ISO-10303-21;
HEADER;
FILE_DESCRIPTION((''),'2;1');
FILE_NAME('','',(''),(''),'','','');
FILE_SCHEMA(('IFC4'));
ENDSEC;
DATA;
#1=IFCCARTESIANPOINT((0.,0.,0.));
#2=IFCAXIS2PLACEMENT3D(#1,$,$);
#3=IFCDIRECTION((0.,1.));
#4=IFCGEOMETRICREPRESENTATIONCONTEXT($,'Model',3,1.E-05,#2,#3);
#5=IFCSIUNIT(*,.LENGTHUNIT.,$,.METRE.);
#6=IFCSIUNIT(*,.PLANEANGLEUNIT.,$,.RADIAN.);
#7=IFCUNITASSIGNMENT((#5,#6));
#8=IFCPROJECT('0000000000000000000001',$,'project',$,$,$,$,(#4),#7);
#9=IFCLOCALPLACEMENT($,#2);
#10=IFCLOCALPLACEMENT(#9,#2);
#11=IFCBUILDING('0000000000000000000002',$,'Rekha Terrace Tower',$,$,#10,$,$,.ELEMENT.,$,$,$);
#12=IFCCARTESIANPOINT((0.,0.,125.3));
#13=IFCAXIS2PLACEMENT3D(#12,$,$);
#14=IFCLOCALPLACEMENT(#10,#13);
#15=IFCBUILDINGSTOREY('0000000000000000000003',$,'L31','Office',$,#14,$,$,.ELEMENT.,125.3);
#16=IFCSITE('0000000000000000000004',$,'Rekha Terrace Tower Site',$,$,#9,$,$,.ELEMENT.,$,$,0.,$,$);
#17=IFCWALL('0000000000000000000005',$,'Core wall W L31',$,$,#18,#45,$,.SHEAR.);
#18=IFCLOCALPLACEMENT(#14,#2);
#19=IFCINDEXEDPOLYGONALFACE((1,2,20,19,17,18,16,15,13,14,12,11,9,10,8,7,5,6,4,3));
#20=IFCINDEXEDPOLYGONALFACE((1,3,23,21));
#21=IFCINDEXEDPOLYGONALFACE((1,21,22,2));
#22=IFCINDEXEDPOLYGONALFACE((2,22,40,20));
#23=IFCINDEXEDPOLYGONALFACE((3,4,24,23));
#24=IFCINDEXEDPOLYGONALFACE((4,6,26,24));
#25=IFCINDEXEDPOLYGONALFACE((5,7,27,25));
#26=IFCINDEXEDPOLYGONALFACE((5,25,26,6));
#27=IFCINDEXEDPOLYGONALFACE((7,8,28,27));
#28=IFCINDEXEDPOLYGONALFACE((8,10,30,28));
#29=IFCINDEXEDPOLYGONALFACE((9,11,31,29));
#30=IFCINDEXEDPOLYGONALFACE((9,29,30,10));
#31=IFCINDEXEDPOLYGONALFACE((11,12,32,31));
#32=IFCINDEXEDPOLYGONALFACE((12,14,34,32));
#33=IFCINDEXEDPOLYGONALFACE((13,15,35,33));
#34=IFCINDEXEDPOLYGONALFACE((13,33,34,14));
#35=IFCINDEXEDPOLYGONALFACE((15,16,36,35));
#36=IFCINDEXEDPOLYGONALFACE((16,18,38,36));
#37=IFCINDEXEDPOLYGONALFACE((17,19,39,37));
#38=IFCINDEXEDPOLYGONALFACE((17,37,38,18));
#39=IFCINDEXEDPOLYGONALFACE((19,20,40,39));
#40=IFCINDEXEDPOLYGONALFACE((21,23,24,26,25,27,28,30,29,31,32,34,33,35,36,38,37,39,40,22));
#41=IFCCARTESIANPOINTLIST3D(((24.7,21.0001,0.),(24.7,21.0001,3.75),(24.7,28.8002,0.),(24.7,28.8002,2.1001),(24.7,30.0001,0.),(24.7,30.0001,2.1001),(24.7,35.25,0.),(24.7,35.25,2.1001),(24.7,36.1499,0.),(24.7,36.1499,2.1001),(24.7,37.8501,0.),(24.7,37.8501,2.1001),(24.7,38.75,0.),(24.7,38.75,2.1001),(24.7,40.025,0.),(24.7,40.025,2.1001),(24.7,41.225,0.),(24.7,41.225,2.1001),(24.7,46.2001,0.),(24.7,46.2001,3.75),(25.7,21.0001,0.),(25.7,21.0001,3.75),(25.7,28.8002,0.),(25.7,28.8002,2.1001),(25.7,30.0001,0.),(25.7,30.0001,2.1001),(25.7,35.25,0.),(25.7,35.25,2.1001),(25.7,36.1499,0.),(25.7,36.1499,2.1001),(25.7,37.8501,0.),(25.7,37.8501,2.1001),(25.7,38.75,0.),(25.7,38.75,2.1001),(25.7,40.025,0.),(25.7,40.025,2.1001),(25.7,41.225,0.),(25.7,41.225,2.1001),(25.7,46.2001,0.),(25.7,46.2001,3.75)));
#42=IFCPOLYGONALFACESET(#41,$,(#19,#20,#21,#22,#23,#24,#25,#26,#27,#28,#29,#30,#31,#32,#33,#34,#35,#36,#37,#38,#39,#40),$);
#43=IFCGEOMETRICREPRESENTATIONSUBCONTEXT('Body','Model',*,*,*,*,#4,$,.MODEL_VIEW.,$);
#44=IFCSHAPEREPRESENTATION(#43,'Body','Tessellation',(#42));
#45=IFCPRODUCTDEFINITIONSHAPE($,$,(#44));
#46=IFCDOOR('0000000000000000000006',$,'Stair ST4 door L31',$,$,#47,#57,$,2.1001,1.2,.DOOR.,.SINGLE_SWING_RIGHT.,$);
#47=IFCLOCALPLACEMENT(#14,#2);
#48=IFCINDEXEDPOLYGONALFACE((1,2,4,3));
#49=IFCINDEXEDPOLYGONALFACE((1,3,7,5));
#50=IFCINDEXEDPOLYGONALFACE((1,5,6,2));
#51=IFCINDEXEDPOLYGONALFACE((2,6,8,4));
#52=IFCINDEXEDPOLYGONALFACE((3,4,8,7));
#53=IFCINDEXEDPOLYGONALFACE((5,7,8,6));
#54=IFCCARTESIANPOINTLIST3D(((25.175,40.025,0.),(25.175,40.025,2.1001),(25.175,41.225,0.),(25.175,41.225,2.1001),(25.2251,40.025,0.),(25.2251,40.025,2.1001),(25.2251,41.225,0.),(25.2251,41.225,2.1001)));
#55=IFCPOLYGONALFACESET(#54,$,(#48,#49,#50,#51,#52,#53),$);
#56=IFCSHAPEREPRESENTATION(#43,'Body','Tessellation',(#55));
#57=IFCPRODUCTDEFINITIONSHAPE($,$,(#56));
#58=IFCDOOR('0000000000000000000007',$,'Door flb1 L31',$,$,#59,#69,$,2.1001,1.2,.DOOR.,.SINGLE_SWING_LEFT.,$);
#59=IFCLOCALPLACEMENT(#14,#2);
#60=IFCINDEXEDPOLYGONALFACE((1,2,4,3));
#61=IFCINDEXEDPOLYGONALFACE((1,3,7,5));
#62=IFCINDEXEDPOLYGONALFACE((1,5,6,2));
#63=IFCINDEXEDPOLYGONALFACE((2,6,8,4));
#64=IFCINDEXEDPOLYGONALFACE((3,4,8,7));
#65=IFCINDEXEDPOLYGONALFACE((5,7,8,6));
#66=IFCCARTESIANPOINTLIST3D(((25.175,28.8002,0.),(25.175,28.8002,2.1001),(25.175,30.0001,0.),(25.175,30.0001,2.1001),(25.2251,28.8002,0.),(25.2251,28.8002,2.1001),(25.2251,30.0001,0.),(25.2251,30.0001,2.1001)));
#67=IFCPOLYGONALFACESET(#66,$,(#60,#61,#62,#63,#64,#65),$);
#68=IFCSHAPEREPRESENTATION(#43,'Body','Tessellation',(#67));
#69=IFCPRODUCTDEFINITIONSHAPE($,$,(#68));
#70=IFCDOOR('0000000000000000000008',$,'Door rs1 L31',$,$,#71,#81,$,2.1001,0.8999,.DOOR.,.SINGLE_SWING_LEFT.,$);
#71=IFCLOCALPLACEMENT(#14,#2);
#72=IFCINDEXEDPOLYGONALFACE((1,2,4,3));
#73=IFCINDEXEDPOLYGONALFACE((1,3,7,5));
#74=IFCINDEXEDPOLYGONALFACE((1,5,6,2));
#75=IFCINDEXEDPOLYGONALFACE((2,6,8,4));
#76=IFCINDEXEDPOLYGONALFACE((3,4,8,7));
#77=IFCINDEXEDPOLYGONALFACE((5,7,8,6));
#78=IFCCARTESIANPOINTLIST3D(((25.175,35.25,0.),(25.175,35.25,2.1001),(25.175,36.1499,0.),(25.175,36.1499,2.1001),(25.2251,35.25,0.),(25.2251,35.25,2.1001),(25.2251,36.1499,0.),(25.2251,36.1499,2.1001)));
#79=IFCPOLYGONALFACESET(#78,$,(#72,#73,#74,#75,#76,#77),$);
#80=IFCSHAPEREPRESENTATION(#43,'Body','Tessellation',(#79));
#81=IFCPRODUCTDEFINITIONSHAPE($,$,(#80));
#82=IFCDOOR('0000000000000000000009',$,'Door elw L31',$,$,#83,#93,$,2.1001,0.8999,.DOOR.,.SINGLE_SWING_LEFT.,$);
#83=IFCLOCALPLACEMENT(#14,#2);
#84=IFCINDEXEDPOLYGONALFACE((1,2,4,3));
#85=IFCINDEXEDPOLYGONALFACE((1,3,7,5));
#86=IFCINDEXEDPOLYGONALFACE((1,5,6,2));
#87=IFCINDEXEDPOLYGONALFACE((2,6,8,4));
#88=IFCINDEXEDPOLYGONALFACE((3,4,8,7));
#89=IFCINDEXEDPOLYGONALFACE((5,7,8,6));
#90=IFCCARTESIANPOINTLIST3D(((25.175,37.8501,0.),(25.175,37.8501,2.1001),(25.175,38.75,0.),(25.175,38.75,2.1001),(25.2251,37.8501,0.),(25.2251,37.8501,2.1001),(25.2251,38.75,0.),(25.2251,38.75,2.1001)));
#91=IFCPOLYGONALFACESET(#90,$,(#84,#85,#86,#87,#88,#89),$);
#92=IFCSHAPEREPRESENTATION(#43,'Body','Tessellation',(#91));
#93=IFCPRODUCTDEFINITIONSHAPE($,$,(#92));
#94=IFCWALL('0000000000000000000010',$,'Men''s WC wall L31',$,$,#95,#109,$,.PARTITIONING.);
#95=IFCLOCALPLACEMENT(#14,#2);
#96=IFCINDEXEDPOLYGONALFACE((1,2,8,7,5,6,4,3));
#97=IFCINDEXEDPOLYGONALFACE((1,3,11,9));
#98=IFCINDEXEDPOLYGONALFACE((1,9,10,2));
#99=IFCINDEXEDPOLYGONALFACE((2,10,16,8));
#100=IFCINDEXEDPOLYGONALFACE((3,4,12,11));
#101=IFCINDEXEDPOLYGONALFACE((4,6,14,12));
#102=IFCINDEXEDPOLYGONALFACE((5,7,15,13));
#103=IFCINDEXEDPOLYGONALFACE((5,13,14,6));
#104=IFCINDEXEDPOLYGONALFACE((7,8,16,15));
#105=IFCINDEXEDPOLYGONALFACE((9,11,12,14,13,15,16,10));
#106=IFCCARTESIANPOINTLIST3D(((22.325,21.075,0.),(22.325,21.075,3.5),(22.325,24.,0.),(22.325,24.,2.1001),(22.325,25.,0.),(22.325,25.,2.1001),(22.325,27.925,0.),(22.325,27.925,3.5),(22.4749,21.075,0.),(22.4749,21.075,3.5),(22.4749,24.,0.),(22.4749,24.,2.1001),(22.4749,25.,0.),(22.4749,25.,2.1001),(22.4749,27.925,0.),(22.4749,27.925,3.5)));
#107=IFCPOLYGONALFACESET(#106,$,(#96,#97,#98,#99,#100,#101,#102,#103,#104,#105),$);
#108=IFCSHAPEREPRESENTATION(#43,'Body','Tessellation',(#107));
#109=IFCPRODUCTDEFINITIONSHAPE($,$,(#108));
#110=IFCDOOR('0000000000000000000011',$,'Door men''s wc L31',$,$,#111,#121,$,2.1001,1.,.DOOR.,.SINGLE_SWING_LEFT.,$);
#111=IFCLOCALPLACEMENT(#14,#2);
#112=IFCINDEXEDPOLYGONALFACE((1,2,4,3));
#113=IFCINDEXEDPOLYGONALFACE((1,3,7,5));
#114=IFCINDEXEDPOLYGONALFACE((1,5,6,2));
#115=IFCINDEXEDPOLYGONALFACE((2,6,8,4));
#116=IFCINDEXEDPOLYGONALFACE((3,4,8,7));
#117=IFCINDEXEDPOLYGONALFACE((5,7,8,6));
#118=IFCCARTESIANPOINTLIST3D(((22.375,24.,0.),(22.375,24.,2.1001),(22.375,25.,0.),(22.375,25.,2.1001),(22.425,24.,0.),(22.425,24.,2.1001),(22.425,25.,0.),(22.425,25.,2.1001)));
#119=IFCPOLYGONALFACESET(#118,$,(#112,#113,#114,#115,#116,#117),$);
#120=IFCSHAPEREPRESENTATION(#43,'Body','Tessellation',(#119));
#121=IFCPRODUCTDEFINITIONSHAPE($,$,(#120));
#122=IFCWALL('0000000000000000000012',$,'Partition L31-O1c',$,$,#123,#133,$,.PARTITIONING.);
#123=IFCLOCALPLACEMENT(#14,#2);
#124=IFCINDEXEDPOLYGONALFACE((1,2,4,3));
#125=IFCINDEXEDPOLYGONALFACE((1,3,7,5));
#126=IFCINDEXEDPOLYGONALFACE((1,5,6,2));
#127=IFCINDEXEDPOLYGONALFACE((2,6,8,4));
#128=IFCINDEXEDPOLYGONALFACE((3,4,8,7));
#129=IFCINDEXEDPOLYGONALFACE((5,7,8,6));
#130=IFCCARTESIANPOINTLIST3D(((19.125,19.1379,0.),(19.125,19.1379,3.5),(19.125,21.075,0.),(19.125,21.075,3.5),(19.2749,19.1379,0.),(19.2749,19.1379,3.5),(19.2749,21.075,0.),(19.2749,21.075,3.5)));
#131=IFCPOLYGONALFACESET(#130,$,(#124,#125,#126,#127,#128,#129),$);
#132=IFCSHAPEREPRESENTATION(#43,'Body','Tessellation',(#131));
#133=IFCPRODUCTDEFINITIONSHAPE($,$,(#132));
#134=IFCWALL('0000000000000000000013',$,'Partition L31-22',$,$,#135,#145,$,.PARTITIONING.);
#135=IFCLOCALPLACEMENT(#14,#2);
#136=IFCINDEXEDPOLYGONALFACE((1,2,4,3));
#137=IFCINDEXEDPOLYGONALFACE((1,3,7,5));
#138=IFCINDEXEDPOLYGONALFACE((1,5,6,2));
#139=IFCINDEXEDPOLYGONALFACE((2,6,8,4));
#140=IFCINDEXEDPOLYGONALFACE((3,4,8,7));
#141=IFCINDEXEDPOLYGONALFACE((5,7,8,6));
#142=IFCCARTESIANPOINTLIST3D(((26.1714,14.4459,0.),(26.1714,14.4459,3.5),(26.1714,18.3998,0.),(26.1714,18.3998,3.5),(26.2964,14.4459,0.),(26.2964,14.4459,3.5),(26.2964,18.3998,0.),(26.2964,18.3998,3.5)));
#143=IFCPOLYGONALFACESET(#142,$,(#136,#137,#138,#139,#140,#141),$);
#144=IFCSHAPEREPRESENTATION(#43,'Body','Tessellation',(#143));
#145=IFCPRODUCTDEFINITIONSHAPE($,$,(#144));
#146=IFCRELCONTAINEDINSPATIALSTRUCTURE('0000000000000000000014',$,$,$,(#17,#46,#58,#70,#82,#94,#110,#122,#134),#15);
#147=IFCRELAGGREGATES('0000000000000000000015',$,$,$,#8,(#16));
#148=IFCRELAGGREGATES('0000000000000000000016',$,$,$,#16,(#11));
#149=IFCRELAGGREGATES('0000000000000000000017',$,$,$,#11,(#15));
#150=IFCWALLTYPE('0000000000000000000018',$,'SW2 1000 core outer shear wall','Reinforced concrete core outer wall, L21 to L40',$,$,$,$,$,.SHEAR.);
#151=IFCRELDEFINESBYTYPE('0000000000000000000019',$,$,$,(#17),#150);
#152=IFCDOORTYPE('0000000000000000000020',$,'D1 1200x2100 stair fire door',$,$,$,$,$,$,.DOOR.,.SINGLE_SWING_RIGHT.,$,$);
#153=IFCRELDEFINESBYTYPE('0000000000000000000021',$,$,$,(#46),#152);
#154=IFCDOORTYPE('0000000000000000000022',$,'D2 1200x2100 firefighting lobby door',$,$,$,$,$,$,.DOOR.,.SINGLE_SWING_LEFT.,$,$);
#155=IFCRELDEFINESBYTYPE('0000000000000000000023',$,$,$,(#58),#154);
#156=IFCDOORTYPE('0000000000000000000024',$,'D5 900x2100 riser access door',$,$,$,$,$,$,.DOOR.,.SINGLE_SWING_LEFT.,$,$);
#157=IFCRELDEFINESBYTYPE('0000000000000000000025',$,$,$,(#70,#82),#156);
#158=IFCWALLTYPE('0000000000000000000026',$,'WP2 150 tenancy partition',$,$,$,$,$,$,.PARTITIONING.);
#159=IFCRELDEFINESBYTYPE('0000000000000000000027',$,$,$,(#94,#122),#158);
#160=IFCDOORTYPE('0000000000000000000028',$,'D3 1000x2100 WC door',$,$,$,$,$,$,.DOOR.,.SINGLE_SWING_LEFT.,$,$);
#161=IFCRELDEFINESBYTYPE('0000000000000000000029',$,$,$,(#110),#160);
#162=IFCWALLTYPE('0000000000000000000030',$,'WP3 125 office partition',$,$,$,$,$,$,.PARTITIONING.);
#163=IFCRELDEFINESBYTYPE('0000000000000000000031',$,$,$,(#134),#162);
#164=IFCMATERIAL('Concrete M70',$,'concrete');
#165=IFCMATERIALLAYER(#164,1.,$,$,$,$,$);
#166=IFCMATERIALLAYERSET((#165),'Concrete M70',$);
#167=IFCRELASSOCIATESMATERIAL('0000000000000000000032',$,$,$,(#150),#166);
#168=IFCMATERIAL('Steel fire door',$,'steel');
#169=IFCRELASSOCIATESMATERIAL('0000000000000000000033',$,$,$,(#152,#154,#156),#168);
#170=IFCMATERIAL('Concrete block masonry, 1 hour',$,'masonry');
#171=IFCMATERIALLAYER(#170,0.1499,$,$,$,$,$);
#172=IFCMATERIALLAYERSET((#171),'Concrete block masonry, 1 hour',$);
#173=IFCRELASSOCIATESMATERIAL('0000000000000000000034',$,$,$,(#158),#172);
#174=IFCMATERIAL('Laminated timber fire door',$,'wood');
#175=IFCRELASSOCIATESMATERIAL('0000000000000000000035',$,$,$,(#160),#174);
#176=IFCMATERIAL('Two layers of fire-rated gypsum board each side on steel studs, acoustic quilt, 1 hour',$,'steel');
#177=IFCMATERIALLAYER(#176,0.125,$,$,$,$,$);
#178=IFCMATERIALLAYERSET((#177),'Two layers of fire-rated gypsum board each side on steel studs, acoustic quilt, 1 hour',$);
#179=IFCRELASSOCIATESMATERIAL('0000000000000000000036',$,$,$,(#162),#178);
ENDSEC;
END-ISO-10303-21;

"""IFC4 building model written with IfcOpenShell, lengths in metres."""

from ifc_helpers import new_model, si_unit, direction, frame, frame_2d, origin, place, context, subcontext, project, spatial, rectangle, extrude, material, layer, layer_set, type_object, element, fill, save


model = new_model("IFC4")

# Units and contexts
model_context = context("Model", 3, precision=1e-05, world=origin(), true_north=direction((0.0, 1.0)))
body_context = subcontext(model_context, "Body", "Model", "MODEL_VIEW")
ifc_project = project(units=[si_unit("LENGTHUNIT", "METRE"), si_unit("PLANEANGLEUNIT", "RADIAN")], contexts=[model_context])

# Site, building, storey
site_placement = place(None, origin())
site = spatial("IfcSite", under=ifc_project, at=site_placement, Name="Rekha Terrace Tower Site", CompositionType="ELEMENT", RefElevation=0.0)
building_placement = place(site_placement, origin())
building = spatial("IfcBuilding", under=site, at=building_placement, Name="Rekha Terrace Tower", CompositionType="ELEMENT")
storey_placement = place(building_placement, frame((0.0, 0.0, 125.3)))
storey = spatial("IfcBuildingStorey", under=building, at=storey_placement, Name="L31", Description="Office", CompositionType="ELEMENT", Elevation=125.3)

# Shared definitions
ifc_material_1 = material(Name="Concrete M70", Category="concrete")

# Shared definitions
ifc_layer_1 = layer(ifc_material_1, 1.0)
ifc_layer_set_1 = layer_set([ifc_layer_1], Name="Concrete M70")
wall_type_1 = type_object("IfcWallType", Name="SW2 1000 core outer shear wall", Description="Reinforced concrete core outer wall, L21 to L40", PredefinedType="SHEAR", material=ifc_layer_set_1)

# Wall, openings, doors
wall_1_placement = place(storey_placement, frame((25.2, 21.0, 0.0), z_axis=(0.0, 0.0, 1.0), x_axis=(0.0, 1.0, 0.0)))
wall_1 = element("IfcWall", 1, at=wall_1_placement, inside=storey, type_object=wall_type_1, Name="Core wall W L31", PredefinedType="SHEAR", context=body_context, shape_type="SweptSolid", body=[
    extrude(rectangle(XDim=25.2, YDim=1.0, at=frame_2d((12.6001, 0.0))), origin(), (0.0, 0.0, 1.0), 3.75),
])
opening_1_placement = place(wall_1_placement, frame((7.8, 0.0, 0.0)))
opening_1 = element("IfcOpeningElement", 2, at=opening_1_placement, cuts=wall_1, PredefinedType="OPENING", context=body_context, shape_type="SweptSolid", body=[
    extrude(rectangle(XDim=1.2, YDim=2.1001, at=frame_2d((0.6001, 1.05))), frame((0.0, 0.51, 0.0), z_axis=(0.0, -1.0, 0.0), x_axis=(1.0, 0.0, 0.0)), (0.0, 0.0, 1.0), 1.02),
])
opening_2_placement = place(wall_1_placement, frame((14.25, 0.0, 0.0)))
opening_2 = element("IfcOpeningElement", 3, at=opening_2_placement, cuts=wall_1, PredefinedType="OPENING", context=body_context, shape_type="SweptSolid", body=[
    extrude(rectangle(XDim=0.8999, YDim=2.1001, at=frame_2d((0.45, 1.05))), frame((0.0, 0.51, 0.0), z_axis=(0.0, -1.0, 0.0), x_axis=(1.0, 0.0, 0.0)), (0.0, 0.0, 1.0), 1.02),
])
opening_3_placement = place(wall_1_placement, frame((16.8501, 0.0, 0.0)))
opening_3 = element("IfcOpeningElement", 4, at=opening_3_placement, cuts=wall_1, PredefinedType="OPENING", context=body_context, shape_type="SweptSolid", body=[
    extrude(rectangle(XDim=0.8999, YDim=2.1001, at=frame_2d((0.45, 1.05))), frame((0.0, 0.51, 0.0), z_axis=(0.0, -1.0, 0.0), x_axis=(1.0, 0.0, 0.0)), (0.0, 0.0, 1.0), 1.02),
])
opening_4_placement = place(wall_1_placement, frame((19.0249, 0.0, 0.0)))
opening_4 = element("IfcOpeningElement", 5, at=opening_4_placement, cuts=wall_1, PredefinedType="OPENING", context=body_context, shape_type="SweptSolid", body=[
    extrude(rectangle(XDim=1.2, YDim=2.1001, at=frame_2d((0.6001, 1.05))), frame((0.0, 0.51, 0.0), z_axis=(0.0, -1.0, 0.0), x_axis=(1.0, 0.0, 0.0)), (0.0, 0.0, 1.0), 1.02),
])
ifc_material_2 = material(Name="Steel fire door", Category="steel")
door_type_1 = type_object("IfcDoorType", Name="D1 1200x2100 stair fire door", OperationType="SINGLE_SWING_RIGHT", PredefinedType="DOOR", material=ifc_material_2)
door_1_placement = place(opening_4_placement, origin())
door_1 = element("IfcDoor", 6, at=door_1_placement, inside=storey, type_object=door_type_1, Name="Stair ST4 door L31", OperationType="SINGLE_SWING_RIGHT", OverallHeight=2.1001, OverallWidth=1.2, PredefinedType="DOOR", context=body_context, shape_type="SweptSolid", body=[
    extrude(rectangle(XDim=1.2, YDim=2.1001, at=frame_2d((0.6001, 1.05))), frame((0.0, 0.0249, 0.0), z_axis=(0.0, -1.0, 0.0), x_axis=(1.0, 0.0, 0.0)), (0.0, 0.0, 1.0), 0.05),
])
fill(opening_4, door_1)
door_type_2 = type_object("IfcDoorType", Name="D2 1200x2100 firefighting lobby door", OperationType="SINGLE_SWING_LEFT", PredefinedType="DOOR", material=ifc_material_2)
door_2_placement = place(opening_1_placement, origin())
door_2 = element("IfcDoor", 7, at=door_2_placement, inside=storey, type_object=door_type_2, Name="Door flb1 L31", OperationType="SINGLE_SWING_LEFT", OverallHeight=2.1001, OverallWidth=1.2, PredefinedType="DOOR", context=body_context, shape_type="SweptSolid", body=[
    extrude(rectangle(XDim=1.2, YDim=2.1001, at=frame_2d((0.6001, 1.05))), frame((0.0, 0.0249, 0.0), z_axis=(0.0, -1.0, 0.0), x_axis=(1.0, 0.0, 0.0)), (0.0, 0.0, 1.0), 0.05),
])
fill(opening_1, door_2)
door_type_3 = type_object("IfcDoorType", Name="D5 900x2100 riser access door", OperationType="SINGLE_SWING_LEFT", PredefinedType="DOOR", material=ifc_material_2)
door_3_placement = place(opening_2_placement, origin())
door_3 = element("IfcDoor", 8, at=door_3_placement, inside=storey, type_object=door_type_3, Name="Door rs1 L31", OperationType="SINGLE_SWING_LEFT", OverallHeight=2.1001, OverallWidth=0.8999, PredefinedType="DOOR", context=body_context, shape_type="SweptSolid", body=[
    extrude(rectangle(XDim=0.8999, YDim=2.1001, at=frame_2d((0.45, 1.05))), frame((0.0, 0.0249, 0.0), z_axis=(0.0, -1.0, 0.0), x_axis=(1.0, 0.0, 0.0)), (0.0, 0.0, 1.0), 0.05),
])
fill(opening_2, door_3)
door_4_placement = place(opening_3_placement, origin())
door_4 = element("IfcDoor", 9, at=door_4_placement, inside=storey, type_object=door_type_3, Name="Door elw L31", OperationType="SINGLE_SWING_LEFT", OverallHeight=2.1001, OverallWidth=0.8999, PredefinedType="DOOR", context=body_context, shape_type="SweptSolid", body=[
    extrude(rectangle(XDim=0.8999, YDim=2.1001, at=frame_2d((0.45, 1.05))), frame((0.0, 0.0249, 0.0), z_axis=(0.0, -1.0, 0.0), x_axis=(1.0, 0.0, 0.0)), (0.0, 0.0, 1.0), 0.05),
])
fill(opening_3, door_4)

# Wall, opening, door
ifc_material_3 = material(Name="Concrete block masonry, 1 hour", Category="masonry")
ifc_layer_2 = layer(ifc_material_3, 0.1499)
ifc_layer_set_2 = layer_set([ifc_layer_2], Name="Concrete block masonry, 1 hour")
wall_type_2 = type_object("IfcWallType", Name="WP2 150 tenancy partition", PredefinedType="PARTITIONING", material=ifc_layer_set_2)
wall_2_placement = place(storey_placement, frame((22.3999, 21.075, 0.0), z_axis=(0.0, 0.0, 1.0), x_axis=(0.0, 1.0, 0.0)))
wall_2 = element("IfcWall", 10, at=wall_2_placement, inside=storey, type_object=wall_type_2, Name="Men's WC wall L31", PredefinedType="PARTITIONING", context=body_context, shape_type="SweptSolid", body=[
    extrude(rectangle(XDim=6.8501, YDim=0.1499, at=frame_2d((3.425, 0.0))), origin(), (0.0, 0.0, 1.0), 3.5),
])
opening_5_placement = place(wall_2_placement, frame((2.925, 0.0, 0.0)))
opening_5 = element("IfcOpeningElement", 11, at=opening_5_placement, cuts=wall_2, PredefinedType="OPENING", context=body_context, shape_type="SweptSolid", body=[
    extrude(rectangle(XDim=1.0, YDim=2.1001, at=frame_2d((0.5, 1.05))), frame((0.0, 0.085, 0.0), z_axis=(0.0, -1.0, 0.0), x_axis=(1.0, 0.0, 0.0)), (0.0, 0.0, 1.0), 0.1699),
])
ifc_material_4 = material(Name="Laminated timber fire door", Category="wood")
door_type_4 = type_object("IfcDoorType", Name="D3 1000x2100 WC door", OperationType="SINGLE_SWING_LEFT", PredefinedType="DOOR", material=ifc_material_4)
door_5_placement = place(opening_5_placement, origin())
door_5 = element("IfcDoor", 12, at=door_5_placement, inside=storey, type_object=door_type_4, Name="Door men's wc L31", OperationType="SINGLE_SWING_LEFT", OverallHeight=2.1001, OverallWidth=1.0, PredefinedType="DOOR", context=body_context, shape_type="SweptSolid", body=[
    extrude(rectangle(XDim=1.0, YDim=2.1001, at=frame_2d((0.5, 1.05))), frame((0.0, 0.0249, 0.0), z_axis=(0.0, -1.0, 0.0), x_axis=(1.0, 0.0, 0.0)), (0.0, 0.0, 1.0), 0.05),
])
fill(opening_5, door_5)

# Walls
wall_3_placement = place(storey_placement, frame((19.2, 21.075, 0.0), z_axis=(0.0, 0.0, 1.0), x_axis=(0.0, -1.0, 0.0)))
element("IfcWall", 13, at=wall_3_placement, inside=storey, type_object=wall_type_2, Name="Partition L31-O1c", PredefinedType="PARTITIONING", context=body_context, shape_type="SweptSolid", body=[
    extrude(rectangle(XDim=1.937, YDim=0.1499, at=frame_2d((0.9685, 0.0))), origin(), (0.0, 0.0, 1.0), 3.5),
])
ifc_material_5 = material(Name="Two layers of fire-rated gypsum board each side on steel studs, acoustic quilt, 1 hour", Category="steel")
ifc_layer_3 = layer(ifc_material_5, 0.125)
ifc_layer_set_3 = layer_set([ifc_layer_3], Name="Two layers of fire-rated gypsum board each side on steel studs, acoustic quilt, 1 hour")
wall_type_3 = type_object("IfcWallType", Name="WP3 125 office partition", PredefinedType="PARTITIONING", material=ifc_layer_set_3)
wall_4_placement = place(storey_placement, frame((26.2339, 18.3999, 0.0), z_axis=(0.0, 0.0, 1.0), x_axis=(0.0, -1.0, 0.0)))
element("IfcWall", 14, at=wall_4_placement, inside=storey, type_object=wall_type_3, Name="Partition L31-22", PredefinedType="PARTITIONING", context=body_context, shape_type="SweptSolid", body=[
    extrude(rectangle(XDim=3.9539, YDim=0.125, at=frame_2d((1.9771, 0.0))), origin(), (0.0, 0.0, 1.0), 3.5),
])

save(model, "model.ifc")
